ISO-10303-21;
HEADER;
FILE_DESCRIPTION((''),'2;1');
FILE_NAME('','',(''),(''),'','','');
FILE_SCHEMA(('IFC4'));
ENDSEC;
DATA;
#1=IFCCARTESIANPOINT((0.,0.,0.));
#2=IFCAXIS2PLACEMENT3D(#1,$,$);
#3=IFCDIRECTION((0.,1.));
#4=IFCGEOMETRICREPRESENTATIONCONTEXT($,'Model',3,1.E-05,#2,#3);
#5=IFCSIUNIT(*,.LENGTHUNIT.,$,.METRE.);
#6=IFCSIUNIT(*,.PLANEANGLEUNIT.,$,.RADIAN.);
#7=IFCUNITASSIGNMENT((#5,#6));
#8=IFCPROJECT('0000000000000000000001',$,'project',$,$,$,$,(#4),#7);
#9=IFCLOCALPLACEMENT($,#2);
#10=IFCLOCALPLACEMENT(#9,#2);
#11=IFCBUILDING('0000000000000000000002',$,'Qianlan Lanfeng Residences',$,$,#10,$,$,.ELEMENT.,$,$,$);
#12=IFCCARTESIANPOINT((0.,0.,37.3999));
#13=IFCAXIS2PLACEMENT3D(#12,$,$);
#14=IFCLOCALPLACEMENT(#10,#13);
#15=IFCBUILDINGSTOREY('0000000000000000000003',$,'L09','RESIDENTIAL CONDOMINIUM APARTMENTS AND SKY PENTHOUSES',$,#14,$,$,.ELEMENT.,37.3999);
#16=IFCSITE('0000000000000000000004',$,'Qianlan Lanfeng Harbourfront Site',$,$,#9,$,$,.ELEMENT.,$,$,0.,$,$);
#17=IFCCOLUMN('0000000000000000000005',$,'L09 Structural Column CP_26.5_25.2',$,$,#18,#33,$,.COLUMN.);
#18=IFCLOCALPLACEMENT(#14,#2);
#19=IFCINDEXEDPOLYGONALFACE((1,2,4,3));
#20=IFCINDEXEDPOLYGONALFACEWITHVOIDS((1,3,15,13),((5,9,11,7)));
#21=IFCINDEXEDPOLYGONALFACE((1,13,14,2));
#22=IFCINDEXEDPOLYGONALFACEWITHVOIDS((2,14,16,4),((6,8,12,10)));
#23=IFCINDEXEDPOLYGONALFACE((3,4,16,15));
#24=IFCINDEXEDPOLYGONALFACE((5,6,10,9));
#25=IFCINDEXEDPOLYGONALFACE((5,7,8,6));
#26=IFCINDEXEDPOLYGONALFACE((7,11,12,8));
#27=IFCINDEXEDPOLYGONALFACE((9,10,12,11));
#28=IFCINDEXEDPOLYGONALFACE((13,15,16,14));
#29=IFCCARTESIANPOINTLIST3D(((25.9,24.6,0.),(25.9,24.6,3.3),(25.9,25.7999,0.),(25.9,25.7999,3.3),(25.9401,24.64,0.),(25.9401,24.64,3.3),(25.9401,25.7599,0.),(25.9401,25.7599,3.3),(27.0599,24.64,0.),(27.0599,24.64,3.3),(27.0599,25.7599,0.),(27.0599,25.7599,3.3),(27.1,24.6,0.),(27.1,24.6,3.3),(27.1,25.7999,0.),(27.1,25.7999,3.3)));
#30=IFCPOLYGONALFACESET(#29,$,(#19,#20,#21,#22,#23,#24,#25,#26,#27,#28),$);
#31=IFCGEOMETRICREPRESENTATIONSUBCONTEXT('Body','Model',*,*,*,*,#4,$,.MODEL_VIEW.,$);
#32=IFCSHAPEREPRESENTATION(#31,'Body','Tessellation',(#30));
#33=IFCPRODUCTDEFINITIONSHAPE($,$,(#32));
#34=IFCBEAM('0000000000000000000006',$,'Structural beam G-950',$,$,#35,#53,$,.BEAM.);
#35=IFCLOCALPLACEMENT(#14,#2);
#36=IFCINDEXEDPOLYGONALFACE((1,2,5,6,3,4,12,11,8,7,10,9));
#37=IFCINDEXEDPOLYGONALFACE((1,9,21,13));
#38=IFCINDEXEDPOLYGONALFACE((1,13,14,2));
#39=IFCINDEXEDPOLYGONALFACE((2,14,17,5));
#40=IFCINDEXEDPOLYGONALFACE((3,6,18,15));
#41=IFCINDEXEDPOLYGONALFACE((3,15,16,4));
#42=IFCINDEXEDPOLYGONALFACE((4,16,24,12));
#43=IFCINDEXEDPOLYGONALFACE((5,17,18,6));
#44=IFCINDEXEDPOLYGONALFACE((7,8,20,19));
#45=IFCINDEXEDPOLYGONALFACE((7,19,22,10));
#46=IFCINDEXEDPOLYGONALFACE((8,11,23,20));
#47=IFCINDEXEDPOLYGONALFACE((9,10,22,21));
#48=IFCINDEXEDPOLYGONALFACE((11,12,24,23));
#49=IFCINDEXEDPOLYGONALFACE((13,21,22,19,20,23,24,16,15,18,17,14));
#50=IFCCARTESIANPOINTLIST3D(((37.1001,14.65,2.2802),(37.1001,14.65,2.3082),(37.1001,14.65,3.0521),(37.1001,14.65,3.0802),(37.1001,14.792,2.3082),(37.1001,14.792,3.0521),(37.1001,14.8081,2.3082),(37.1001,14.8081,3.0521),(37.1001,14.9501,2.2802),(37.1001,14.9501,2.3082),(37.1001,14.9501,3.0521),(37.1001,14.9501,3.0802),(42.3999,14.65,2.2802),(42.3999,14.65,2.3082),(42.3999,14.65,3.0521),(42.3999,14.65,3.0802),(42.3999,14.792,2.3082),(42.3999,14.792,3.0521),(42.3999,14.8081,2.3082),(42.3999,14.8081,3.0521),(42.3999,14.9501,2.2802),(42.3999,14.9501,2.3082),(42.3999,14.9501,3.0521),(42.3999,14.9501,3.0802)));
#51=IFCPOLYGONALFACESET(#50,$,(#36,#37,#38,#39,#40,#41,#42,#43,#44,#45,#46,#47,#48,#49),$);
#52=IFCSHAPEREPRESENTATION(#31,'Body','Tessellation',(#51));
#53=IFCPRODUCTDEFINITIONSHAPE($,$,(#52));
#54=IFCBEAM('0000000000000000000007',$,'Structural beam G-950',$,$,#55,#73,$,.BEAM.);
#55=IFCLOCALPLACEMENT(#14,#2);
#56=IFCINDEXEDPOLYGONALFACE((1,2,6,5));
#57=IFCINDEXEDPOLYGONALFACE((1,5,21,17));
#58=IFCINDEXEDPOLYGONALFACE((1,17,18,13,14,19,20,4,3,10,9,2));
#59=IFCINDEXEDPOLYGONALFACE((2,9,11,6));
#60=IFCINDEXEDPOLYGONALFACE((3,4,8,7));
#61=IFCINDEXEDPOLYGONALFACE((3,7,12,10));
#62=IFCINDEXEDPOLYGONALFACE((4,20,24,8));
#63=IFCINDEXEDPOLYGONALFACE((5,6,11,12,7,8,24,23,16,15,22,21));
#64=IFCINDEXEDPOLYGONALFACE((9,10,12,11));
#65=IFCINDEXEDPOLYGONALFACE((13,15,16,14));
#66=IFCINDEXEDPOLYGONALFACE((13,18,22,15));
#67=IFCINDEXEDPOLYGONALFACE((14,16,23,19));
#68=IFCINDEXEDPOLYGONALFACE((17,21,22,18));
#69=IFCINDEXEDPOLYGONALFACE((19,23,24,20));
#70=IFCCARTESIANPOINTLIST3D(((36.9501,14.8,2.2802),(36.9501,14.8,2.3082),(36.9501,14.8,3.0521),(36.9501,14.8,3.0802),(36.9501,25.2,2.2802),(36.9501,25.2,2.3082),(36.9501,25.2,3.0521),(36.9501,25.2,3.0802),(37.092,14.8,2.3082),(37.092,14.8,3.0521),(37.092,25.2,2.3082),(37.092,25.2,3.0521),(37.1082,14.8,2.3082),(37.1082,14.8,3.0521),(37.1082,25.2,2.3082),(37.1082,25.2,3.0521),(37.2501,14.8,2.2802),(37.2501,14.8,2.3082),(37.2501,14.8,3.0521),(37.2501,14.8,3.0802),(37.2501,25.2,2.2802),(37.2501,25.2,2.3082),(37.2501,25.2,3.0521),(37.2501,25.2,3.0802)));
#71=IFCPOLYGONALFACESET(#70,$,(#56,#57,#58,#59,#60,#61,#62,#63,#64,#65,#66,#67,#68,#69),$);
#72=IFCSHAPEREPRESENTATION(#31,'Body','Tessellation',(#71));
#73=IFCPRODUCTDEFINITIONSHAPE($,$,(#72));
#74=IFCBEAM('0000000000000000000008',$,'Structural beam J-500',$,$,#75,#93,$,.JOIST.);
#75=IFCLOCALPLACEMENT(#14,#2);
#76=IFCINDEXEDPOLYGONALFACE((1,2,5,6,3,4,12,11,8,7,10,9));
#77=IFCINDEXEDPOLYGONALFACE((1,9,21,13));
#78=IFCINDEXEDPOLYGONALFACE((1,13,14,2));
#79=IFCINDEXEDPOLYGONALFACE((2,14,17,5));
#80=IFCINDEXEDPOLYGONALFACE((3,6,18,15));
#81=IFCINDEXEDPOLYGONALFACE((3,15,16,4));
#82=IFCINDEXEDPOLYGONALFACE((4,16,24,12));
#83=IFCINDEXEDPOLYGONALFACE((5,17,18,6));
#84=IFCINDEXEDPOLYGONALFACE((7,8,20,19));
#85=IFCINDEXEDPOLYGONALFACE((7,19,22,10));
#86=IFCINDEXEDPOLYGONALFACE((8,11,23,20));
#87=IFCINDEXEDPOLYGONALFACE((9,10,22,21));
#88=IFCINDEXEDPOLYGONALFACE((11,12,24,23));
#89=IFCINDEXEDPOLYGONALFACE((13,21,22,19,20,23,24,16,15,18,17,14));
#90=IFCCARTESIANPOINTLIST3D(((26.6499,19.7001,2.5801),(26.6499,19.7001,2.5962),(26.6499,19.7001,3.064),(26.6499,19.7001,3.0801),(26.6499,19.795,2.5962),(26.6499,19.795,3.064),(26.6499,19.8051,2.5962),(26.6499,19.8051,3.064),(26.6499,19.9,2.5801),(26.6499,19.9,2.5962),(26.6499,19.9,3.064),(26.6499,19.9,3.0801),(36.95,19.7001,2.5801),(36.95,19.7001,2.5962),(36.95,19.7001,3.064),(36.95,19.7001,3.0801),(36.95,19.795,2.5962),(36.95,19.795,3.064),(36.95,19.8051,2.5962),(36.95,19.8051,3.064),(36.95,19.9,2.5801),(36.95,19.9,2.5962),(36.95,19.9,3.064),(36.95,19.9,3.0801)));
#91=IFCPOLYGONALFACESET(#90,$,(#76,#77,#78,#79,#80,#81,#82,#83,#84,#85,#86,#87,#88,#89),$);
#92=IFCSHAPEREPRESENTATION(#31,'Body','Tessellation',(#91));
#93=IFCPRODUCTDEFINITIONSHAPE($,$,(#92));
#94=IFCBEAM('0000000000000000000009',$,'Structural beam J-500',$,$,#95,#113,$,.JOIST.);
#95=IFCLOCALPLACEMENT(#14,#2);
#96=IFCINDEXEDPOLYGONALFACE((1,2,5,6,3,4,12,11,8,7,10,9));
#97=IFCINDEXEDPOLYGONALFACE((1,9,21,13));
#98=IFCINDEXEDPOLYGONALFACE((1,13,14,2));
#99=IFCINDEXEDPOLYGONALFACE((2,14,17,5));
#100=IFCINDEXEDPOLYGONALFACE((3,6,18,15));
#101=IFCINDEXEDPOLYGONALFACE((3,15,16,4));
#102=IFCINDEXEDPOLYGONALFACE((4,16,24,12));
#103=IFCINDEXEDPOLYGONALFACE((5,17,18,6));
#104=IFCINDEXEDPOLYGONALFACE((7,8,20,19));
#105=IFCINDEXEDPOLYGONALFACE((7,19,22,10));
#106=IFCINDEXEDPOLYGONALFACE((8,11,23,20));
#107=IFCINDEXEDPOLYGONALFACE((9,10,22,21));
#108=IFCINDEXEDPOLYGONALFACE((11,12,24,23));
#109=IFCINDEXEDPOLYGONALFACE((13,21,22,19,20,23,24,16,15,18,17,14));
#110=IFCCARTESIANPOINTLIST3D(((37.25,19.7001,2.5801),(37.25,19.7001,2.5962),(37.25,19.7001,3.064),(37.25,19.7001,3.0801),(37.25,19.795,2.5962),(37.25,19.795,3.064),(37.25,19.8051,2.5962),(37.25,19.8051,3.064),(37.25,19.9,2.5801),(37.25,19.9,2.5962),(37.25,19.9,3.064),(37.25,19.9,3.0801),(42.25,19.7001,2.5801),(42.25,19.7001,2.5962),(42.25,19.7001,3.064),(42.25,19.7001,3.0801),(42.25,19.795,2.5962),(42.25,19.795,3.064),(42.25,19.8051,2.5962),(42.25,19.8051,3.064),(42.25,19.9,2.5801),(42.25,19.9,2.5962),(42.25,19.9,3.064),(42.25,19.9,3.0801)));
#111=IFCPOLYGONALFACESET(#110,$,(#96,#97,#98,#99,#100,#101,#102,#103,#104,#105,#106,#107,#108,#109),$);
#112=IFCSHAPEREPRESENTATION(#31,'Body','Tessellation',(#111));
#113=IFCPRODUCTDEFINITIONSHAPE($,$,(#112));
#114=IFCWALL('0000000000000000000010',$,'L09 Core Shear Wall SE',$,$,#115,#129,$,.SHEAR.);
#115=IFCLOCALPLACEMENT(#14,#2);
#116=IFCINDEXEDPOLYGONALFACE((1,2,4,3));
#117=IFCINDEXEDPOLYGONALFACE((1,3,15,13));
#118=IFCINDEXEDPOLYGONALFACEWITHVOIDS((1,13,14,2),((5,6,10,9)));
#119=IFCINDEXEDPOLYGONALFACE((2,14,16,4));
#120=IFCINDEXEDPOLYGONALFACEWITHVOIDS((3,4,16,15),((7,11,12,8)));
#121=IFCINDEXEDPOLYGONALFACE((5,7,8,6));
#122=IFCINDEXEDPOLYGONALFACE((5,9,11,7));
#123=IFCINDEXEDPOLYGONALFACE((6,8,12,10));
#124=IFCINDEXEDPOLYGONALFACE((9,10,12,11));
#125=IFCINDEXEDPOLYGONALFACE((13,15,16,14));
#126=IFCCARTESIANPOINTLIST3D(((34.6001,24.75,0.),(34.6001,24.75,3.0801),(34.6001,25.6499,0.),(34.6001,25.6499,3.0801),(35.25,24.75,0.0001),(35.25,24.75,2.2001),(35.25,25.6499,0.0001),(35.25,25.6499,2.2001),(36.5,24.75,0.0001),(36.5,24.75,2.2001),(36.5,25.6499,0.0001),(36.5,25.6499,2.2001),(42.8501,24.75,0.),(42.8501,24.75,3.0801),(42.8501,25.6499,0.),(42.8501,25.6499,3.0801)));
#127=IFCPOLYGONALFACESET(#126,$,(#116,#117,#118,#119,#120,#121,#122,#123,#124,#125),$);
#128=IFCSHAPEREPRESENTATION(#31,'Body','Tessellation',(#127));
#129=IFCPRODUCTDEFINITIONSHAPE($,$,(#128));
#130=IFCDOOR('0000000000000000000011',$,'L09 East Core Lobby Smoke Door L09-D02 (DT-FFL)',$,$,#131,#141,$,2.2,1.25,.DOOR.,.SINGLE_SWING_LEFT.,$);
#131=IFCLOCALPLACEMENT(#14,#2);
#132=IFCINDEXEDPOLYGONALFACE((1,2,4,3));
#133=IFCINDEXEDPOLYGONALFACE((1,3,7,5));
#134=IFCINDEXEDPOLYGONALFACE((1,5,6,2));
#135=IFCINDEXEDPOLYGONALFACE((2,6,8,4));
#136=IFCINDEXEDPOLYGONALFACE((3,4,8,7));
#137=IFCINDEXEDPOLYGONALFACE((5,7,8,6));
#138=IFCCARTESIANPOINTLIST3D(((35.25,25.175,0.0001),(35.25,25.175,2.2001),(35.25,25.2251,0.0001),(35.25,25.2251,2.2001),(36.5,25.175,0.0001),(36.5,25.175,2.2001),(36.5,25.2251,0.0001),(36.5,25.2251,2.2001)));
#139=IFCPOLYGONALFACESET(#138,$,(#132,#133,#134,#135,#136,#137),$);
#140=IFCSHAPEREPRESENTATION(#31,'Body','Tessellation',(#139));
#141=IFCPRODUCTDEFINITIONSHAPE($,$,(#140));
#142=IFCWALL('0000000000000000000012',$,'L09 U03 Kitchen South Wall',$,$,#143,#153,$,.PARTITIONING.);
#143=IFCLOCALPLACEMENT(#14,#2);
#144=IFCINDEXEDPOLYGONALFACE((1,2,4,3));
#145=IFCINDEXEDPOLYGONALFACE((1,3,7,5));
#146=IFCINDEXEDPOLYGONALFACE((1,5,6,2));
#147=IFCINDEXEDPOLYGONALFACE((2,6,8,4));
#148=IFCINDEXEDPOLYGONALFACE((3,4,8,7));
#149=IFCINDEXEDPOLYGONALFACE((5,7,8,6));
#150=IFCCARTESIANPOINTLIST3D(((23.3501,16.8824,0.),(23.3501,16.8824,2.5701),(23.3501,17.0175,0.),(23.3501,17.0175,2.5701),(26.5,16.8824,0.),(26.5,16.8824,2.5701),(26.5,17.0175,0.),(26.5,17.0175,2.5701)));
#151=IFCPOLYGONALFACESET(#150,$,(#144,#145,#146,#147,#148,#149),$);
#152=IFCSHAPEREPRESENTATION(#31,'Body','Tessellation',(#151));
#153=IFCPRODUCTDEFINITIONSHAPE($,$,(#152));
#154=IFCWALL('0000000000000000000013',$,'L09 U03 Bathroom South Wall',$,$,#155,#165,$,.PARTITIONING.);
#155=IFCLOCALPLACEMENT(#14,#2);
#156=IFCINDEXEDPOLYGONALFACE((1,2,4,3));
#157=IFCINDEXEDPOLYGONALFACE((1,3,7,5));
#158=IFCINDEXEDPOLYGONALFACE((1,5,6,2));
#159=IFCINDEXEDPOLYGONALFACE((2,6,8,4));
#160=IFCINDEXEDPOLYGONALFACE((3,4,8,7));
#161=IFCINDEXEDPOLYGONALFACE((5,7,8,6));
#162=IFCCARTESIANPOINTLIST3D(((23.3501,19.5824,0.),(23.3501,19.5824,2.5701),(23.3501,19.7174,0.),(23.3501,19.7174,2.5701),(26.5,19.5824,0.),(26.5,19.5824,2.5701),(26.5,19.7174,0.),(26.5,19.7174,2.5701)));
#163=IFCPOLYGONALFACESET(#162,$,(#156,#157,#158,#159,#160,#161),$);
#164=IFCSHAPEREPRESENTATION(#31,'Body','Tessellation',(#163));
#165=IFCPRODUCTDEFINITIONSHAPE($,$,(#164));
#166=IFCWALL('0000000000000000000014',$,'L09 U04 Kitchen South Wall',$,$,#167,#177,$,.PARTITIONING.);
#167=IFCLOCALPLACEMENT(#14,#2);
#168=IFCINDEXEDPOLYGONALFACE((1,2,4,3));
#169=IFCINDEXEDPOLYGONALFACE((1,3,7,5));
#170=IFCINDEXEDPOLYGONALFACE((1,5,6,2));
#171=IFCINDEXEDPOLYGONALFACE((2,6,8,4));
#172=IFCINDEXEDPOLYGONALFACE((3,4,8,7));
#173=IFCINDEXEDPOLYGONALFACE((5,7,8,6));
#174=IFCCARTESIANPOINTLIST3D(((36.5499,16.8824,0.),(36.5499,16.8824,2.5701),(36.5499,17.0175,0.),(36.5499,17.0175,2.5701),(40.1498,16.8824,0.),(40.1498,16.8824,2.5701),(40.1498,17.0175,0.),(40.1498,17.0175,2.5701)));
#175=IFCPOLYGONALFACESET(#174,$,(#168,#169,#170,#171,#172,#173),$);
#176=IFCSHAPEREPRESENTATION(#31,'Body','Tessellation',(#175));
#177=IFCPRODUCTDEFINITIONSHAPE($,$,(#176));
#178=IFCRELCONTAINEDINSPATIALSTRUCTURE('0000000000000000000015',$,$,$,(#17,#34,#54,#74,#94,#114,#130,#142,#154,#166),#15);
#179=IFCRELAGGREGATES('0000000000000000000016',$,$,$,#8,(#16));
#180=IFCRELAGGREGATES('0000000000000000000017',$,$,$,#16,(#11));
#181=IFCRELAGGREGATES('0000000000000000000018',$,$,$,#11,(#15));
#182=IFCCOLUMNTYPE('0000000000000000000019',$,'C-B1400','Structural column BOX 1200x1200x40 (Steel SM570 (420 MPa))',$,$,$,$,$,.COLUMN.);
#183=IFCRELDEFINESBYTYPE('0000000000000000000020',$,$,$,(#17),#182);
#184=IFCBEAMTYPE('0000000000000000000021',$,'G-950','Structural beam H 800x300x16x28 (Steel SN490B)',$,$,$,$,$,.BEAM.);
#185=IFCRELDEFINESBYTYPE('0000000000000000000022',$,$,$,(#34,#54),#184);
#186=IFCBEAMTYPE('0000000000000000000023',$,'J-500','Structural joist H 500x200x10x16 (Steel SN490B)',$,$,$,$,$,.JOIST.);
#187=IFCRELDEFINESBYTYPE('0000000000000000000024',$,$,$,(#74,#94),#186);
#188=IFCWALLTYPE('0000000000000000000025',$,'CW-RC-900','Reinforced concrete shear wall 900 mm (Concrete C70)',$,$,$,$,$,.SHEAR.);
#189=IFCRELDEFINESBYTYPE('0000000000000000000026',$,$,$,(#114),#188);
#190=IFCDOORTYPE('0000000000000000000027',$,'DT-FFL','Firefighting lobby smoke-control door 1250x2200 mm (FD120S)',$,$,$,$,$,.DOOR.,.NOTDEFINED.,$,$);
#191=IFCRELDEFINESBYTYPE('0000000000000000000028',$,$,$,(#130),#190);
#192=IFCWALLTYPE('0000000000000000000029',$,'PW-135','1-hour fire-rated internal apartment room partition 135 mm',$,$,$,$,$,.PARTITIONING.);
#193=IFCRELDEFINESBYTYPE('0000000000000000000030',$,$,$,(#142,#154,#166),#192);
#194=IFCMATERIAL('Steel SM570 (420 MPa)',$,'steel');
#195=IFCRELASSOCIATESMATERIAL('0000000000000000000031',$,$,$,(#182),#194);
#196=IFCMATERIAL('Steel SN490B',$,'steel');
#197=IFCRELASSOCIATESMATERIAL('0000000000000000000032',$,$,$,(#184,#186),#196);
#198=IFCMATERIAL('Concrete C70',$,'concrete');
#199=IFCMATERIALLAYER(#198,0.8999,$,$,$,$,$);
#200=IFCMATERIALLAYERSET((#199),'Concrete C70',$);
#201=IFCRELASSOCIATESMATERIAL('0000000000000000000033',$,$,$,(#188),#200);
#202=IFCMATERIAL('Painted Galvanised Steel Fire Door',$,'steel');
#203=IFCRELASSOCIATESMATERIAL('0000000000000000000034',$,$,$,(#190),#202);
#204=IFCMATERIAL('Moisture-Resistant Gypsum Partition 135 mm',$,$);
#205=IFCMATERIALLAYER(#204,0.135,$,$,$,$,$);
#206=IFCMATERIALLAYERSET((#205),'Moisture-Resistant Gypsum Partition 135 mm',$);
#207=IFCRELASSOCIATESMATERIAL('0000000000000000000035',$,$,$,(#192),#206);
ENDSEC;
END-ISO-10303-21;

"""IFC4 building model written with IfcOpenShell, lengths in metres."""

from ifc_helpers import new_model, si_unit, direction, frame, frame_2d, origin, origin_2d, place, context, subcontext, project, spatial, rectangle, hollow_rectangle, i_section, extrude, material, layer, layer_set, material_profile, profile_set, type_object, element, fill, save


model = new_model("IFC4")

# Units and contexts
model_context = context("Model", 3, precision=1e-05, world=origin(), true_north=direction((0.0, 1.0)))
body_context = subcontext(model_context, "Body", "Model", "MODEL_VIEW")
ifc_project = project(units=[si_unit("LENGTHUNIT", "METRE"), si_unit("PLANEANGLEUNIT", "RADIAN")], contexts=[model_context])

# Site, building, storey
site_placement = place(None, origin())
site = spatial("IfcSite", under=ifc_project, at=site_placement, Name="Qianlan Lanfeng Harbourfront Site", CompositionType="ELEMENT", RefElevation=0.0)
building_placement = place(site_placement, origin())
building = spatial("IfcBuilding", under=site, at=building_placement, Name="Qianlan Lanfeng Residences", CompositionType="ELEMENT")
storey_placement = place(building_placement, frame((0.0, 0.0, 37.3999)))
storey = spatial("IfcBuildingStorey", under=building, at=storey_placement, Name="L09", Description="RESIDENTIAL CONDOMINIUM APARTMENTS AND SKY PENTHOUSES", CompositionType="ELEMENT", Elevation=37.3999)

# Column
ifc_material_1 = material(Name="Steel SM570 (420 MPa)", Category="steel")
ifc_material_profile_1 = material_profile(ifc_material_1, hollow_rectangle(XDim=1.2, YDim=1.2, WallThickness=0.04, at=origin_2d()), Name="BOX 1200x1200x40")
ifc_profile_set_1 = profile_set([ifc_material_profile_1], Name="Steel SM570 (420 MPa)")
column_type = type_object("IfcColumnType", Name="C-B1400", Description="Structural column BOX 1200x1200x40 (Steel SM570 (420 MPa))", PredefinedType="COLUMN", material=ifc_profile_set_1)
column_placement = place(storey_placement, frame((26.5, 25.2, 0.0), z_axis=(0.0, 0.0, 1.0), x_axis=(1.0, 0.0, 0.0)))
element("IfcColumn", 1, at=column_placement, inside=storey, type_object=column_type, Name="L09 Structural Column CP_26.5_25.2", PredefinedType="COLUMN", context=body_context, shape_type="SweptSolid", body=[
    extrude(hollow_rectangle(XDim=1.2, YDim=1.2, WallThickness=0.04, at=origin_2d()), origin(), (0.0, 0.0, 1.0), 3.3),
])

# Beams
ifc_material_2 = material(Name="Steel SN490B", Category="steel")
ifc_material_profile_2 = material_profile(ifc_material_2, i_section(OverallWidth=0.3, OverallDepth=0.8, WebThickness=0.0161, FlangeThickness=0.0281, at=origin_2d()), Name="H 800x300x16x28")
ifc_profile_set_2 = profile_set([ifc_material_profile_2], Name="Steel SN490B")
beam_type_1 = type_object("IfcBeamType", Name="G-950", Description="Structural beam H 800x300x16x28 (Steel SN490B)", PredefinedType="BEAM", material=ifc_profile_set_2)
beam_1_placement = place(storey_placement, frame((37.1001, 14.8, 2.6802), z_axis=(1.0, 0.0, 0.0), x_axis=(0.0, 1.0, 0.0)))
element("IfcBeam", 2, at=beam_1_placement, inside=storey, type_object=beam_type_1, Name="Structural beam G-950", PredefinedType="BEAM", context=body_context, shape_type="SweptSolid", body=[
    extrude(i_section(OverallWidth=0.3, OverallDepth=0.8, WebThickness=0.0161, FlangeThickness=0.0281, at=origin_2d()), origin(), (0.0, 0.0, 1.0), 5.2998),
])
beam_2_placement = place(storey_placement, frame((37.1001, 14.8, 2.6802), z_axis=(0.0, 1.0, 0.0), x_axis=(-1.0, 0.0, 0.0)))
element("IfcBeam", 3, at=beam_2_placement, inside=storey, type_object=beam_type_1, Name="Structural beam G-950", PredefinedType="BEAM", context=body_context, shape_type="SweptSolid", body=[
    extrude(i_section(OverallWidth=0.3, OverallDepth=0.8, WebThickness=0.0161, FlangeThickness=0.0281, at=origin_2d()), origin(), (0.0, 0.0, 1.0), 10.3999),
])
ifc_material_profile_3 = material_profile(ifc_material_2, i_section(OverallWidth=0.2, OverallDepth=0.5, WebThickness=0.01, FlangeThickness=0.0161, at=origin_2d()), Name="H 500x200x10x16")
ifc_profile_set_3 = profile_set([ifc_material_profile_3], Name="Steel SN490B")
beam_type_2 = type_object("IfcBeamType", Name="J-500", Description="Structural joist H 500x200x10x16 (Steel SN490B)", PredefinedType="JOIST", material=ifc_profile_set_3)
beam_3_placement = place(storey_placement, frame((26.6499, 19.8, 2.8301), z_axis=(1.0, 0.0, 0.0), x_axis=(0.0, 1.0, 0.0)))
element("IfcBeam", 4, at=beam_3_placement, inside=storey, type_object=beam_type_2, Name="Structural beam J-500", PredefinedType="JOIST", context=body_context, shape_type="SweptSolid", body=[
    extrude(i_section(OverallWidth=0.2, OverallDepth=0.5, WebThickness=0.01, FlangeThickness=0.0161, at=origin_2d()), origin(), (0.0, 0.0, 1.0), 10.3),
])
beam_4_placement = place(storey_placement, frame((37.25, 19.8, 2.8301), z_axis=(1.0, 0.0, 0.0), x_axis=(0.0, 1.0, 0.0)))
element("IfcBeam", 5, at=beam_4_placement, inside=storey, type_object=beam_type_2, Name="Structural beam J-500", PredefinedType="JOIST", context=body_context, shape_type="SweptSolid", body=[
    extrude(i_section(OverallWidth=0.2, OverallDepth=0.5, WebThickness=0.01, FlangeThickness=0.0161, at=origin_2d()), origin(), (0.0, 0.0, 1.0), 5.0),
])

# Wall, opening, door
ifc_material_3 = material(Name="Concrete C70", Category="concrete")
ifc_layer_1 = layer(ifc_material_3, 0.8999)
ifc_layer_set_1 = layer_set([ifc_layer_1], Name="Concrete C70")
wall_type_1 = type_object("IfcWallType", Name="CW-RC-900", Description="Reinforced concrete shear wall 900 mm (Concrete C70)", PredefinedType="SHEAR", material=ifc_layer_set_1)
wall_1_placement = place(storey_placement, frame((34.6001, 25.2, 0.0), z_axis=(0.0, 0.0, 1.0), x_axis=(1.0, 0.0, 0.0)))
wall_1 = element("IfcWall", 6, at=wall_1_placement, inside=storey, type_object=wall_type_1, Name="L09 Core Shear Wall SE", PredefinedType="SHEAR", context=body_context, shape_type="SweptSolid", body=[
    extrude(rectangle(XDim=8.25, YDim=0.8999, at=frame_2d((4.125, 0.0))), origin(), (0.0, 0.0, 1.0), 3.0801),
])
opening_1_placement = place(wall_1_placement, frame((0.6499, 0.0, 0.0)))
opening_1 = element("IfcOpeningElement", 7, at=opening_1_placement, cuts=wall_1, PredefinedType="OPENING", context=body_context, shape_type="SweptSolid", body=[
    extrude(rectangle(XDim=1.25, YDim=2.2, at=frame_2d((0.625, 1.1001))), frame((0.0, 0.46, 0.0), z_axis=(0.0, -1.0, 0.0), x_axis=(1.0, 0.0, 0.0)), (0.0, 0.0, 1.0), 0.9199),
])
ifc_material_4 = material(Name="Painted Galvanised Steel Fire Door", Category="steel")
door_type_1 = type_object("IfcDoorType", Name="DT-FFL", Description="Firefighting lobby smoke-control door 1250x2200 mm (FD120S)", OperationType="NOTDEFINED", PredefinedType="DOOR", material=ifc_material_4)
door_1_placement = place(opening_1_placement, frame((1.25, 0.0, 0.0), z_axis=(0.0, 0.0, 1.0), x_axis=(-1.0, 0.0, 0.0)))
door_1 = element("IfcDoor", 8, at=door_1_placement, inside=storey, type_object=door_type_1, Name="L09 East Core Lobby Smoke Door L09-D02 (DT-FFL)", OperationType="SINGLE_SWING_LEFT", OverallHeight=2.2, OverallWidth=1.25, PredefinedType="DOOR", context=body_context, shape_type="SweptSolid", body=[
    extrude(rectangle(XDim=1.25, YDim=2.2, at=frame_2d((0.625, 1.1001))), frame((0.0, 0.0249, 0.0), z_axis=(0.0, -1.0, 0.0), x_axis=(1.0, 0.0, 0.0)), (0.0, 0.0, 1.0), 0.05),
])
fill(opening_1, door_1)

# Walls
ifc_material_5 = material(Name="Moisture-Resistant Gypsum Partition 135 mm")
ifc_layer_2 = layer(ifc_material_5, 0.135)
ifc_layer_set_2 = layer_set([ifc_layer_2], Name="Moisture-Resistant Gypsum Partition 135 mm")
wall_type_2 = type_object("IfcWallType", Name="PW-135", Description="1-hour fire-rated internal apartment room partition 135 mm", PredefinedType="PARTITIONING", material=ifc_layer_set_2)
for number, where, z_axis, x_axis, name in (
    (9, (23.3501, 16.95, 0.0), (0.0, 0.0, 1.0), (1.0, 0.0, 0.0), "L09 U03 Kitchen South Wall"),
    (10, (23.3501, 19.6499, 0.0), (0.0, 0.0, 1.0), (1.0, 0.0, 0.0), "L09 U03 Bathroom South Wall"),
):
    element("IfcWall", number, at=place(storey_placement, frame(where, z_axis=z_axis, x_axis=x_axis)), inside=storey, type_object=wall_type_2, Name=name, PredefinedType="PARTITIONING", context=body_context, shape_type="SweptSolid", body=[
        extrude(rectangle(XDim=3.1499, YDim=0.135, at=frame_2d((1.575, 0.0))), origin(), (0.0, 0.0, 1.0), 2.5701),
    ])
for number, where, z_axis, x_axis, name in (
    (11, (36.55, 16.95, 0.0), (0.0, 0.0, 1.0), (1.0, 0.0, 0.0), "L09 U04 Kitchen South Wall"),
):
    element("IfcWall", number, at=place(storey_placement, frame(where, z_axis=z_axis, x_axis=x_axis)), inside=storey, type_object=wall_type_2, Name=name, PredefinedType="PARTITIONING", context=body_context, shape_type="SweptSolid", body=[
        extrude(rectangle(XDim=3.5999, YDim=0.135, at=frame_2d((1.7998, 0.0))), origin(), (0.0, 0.0, 1.0), 2.5701),
    ])

save(model, "model.ifc")
